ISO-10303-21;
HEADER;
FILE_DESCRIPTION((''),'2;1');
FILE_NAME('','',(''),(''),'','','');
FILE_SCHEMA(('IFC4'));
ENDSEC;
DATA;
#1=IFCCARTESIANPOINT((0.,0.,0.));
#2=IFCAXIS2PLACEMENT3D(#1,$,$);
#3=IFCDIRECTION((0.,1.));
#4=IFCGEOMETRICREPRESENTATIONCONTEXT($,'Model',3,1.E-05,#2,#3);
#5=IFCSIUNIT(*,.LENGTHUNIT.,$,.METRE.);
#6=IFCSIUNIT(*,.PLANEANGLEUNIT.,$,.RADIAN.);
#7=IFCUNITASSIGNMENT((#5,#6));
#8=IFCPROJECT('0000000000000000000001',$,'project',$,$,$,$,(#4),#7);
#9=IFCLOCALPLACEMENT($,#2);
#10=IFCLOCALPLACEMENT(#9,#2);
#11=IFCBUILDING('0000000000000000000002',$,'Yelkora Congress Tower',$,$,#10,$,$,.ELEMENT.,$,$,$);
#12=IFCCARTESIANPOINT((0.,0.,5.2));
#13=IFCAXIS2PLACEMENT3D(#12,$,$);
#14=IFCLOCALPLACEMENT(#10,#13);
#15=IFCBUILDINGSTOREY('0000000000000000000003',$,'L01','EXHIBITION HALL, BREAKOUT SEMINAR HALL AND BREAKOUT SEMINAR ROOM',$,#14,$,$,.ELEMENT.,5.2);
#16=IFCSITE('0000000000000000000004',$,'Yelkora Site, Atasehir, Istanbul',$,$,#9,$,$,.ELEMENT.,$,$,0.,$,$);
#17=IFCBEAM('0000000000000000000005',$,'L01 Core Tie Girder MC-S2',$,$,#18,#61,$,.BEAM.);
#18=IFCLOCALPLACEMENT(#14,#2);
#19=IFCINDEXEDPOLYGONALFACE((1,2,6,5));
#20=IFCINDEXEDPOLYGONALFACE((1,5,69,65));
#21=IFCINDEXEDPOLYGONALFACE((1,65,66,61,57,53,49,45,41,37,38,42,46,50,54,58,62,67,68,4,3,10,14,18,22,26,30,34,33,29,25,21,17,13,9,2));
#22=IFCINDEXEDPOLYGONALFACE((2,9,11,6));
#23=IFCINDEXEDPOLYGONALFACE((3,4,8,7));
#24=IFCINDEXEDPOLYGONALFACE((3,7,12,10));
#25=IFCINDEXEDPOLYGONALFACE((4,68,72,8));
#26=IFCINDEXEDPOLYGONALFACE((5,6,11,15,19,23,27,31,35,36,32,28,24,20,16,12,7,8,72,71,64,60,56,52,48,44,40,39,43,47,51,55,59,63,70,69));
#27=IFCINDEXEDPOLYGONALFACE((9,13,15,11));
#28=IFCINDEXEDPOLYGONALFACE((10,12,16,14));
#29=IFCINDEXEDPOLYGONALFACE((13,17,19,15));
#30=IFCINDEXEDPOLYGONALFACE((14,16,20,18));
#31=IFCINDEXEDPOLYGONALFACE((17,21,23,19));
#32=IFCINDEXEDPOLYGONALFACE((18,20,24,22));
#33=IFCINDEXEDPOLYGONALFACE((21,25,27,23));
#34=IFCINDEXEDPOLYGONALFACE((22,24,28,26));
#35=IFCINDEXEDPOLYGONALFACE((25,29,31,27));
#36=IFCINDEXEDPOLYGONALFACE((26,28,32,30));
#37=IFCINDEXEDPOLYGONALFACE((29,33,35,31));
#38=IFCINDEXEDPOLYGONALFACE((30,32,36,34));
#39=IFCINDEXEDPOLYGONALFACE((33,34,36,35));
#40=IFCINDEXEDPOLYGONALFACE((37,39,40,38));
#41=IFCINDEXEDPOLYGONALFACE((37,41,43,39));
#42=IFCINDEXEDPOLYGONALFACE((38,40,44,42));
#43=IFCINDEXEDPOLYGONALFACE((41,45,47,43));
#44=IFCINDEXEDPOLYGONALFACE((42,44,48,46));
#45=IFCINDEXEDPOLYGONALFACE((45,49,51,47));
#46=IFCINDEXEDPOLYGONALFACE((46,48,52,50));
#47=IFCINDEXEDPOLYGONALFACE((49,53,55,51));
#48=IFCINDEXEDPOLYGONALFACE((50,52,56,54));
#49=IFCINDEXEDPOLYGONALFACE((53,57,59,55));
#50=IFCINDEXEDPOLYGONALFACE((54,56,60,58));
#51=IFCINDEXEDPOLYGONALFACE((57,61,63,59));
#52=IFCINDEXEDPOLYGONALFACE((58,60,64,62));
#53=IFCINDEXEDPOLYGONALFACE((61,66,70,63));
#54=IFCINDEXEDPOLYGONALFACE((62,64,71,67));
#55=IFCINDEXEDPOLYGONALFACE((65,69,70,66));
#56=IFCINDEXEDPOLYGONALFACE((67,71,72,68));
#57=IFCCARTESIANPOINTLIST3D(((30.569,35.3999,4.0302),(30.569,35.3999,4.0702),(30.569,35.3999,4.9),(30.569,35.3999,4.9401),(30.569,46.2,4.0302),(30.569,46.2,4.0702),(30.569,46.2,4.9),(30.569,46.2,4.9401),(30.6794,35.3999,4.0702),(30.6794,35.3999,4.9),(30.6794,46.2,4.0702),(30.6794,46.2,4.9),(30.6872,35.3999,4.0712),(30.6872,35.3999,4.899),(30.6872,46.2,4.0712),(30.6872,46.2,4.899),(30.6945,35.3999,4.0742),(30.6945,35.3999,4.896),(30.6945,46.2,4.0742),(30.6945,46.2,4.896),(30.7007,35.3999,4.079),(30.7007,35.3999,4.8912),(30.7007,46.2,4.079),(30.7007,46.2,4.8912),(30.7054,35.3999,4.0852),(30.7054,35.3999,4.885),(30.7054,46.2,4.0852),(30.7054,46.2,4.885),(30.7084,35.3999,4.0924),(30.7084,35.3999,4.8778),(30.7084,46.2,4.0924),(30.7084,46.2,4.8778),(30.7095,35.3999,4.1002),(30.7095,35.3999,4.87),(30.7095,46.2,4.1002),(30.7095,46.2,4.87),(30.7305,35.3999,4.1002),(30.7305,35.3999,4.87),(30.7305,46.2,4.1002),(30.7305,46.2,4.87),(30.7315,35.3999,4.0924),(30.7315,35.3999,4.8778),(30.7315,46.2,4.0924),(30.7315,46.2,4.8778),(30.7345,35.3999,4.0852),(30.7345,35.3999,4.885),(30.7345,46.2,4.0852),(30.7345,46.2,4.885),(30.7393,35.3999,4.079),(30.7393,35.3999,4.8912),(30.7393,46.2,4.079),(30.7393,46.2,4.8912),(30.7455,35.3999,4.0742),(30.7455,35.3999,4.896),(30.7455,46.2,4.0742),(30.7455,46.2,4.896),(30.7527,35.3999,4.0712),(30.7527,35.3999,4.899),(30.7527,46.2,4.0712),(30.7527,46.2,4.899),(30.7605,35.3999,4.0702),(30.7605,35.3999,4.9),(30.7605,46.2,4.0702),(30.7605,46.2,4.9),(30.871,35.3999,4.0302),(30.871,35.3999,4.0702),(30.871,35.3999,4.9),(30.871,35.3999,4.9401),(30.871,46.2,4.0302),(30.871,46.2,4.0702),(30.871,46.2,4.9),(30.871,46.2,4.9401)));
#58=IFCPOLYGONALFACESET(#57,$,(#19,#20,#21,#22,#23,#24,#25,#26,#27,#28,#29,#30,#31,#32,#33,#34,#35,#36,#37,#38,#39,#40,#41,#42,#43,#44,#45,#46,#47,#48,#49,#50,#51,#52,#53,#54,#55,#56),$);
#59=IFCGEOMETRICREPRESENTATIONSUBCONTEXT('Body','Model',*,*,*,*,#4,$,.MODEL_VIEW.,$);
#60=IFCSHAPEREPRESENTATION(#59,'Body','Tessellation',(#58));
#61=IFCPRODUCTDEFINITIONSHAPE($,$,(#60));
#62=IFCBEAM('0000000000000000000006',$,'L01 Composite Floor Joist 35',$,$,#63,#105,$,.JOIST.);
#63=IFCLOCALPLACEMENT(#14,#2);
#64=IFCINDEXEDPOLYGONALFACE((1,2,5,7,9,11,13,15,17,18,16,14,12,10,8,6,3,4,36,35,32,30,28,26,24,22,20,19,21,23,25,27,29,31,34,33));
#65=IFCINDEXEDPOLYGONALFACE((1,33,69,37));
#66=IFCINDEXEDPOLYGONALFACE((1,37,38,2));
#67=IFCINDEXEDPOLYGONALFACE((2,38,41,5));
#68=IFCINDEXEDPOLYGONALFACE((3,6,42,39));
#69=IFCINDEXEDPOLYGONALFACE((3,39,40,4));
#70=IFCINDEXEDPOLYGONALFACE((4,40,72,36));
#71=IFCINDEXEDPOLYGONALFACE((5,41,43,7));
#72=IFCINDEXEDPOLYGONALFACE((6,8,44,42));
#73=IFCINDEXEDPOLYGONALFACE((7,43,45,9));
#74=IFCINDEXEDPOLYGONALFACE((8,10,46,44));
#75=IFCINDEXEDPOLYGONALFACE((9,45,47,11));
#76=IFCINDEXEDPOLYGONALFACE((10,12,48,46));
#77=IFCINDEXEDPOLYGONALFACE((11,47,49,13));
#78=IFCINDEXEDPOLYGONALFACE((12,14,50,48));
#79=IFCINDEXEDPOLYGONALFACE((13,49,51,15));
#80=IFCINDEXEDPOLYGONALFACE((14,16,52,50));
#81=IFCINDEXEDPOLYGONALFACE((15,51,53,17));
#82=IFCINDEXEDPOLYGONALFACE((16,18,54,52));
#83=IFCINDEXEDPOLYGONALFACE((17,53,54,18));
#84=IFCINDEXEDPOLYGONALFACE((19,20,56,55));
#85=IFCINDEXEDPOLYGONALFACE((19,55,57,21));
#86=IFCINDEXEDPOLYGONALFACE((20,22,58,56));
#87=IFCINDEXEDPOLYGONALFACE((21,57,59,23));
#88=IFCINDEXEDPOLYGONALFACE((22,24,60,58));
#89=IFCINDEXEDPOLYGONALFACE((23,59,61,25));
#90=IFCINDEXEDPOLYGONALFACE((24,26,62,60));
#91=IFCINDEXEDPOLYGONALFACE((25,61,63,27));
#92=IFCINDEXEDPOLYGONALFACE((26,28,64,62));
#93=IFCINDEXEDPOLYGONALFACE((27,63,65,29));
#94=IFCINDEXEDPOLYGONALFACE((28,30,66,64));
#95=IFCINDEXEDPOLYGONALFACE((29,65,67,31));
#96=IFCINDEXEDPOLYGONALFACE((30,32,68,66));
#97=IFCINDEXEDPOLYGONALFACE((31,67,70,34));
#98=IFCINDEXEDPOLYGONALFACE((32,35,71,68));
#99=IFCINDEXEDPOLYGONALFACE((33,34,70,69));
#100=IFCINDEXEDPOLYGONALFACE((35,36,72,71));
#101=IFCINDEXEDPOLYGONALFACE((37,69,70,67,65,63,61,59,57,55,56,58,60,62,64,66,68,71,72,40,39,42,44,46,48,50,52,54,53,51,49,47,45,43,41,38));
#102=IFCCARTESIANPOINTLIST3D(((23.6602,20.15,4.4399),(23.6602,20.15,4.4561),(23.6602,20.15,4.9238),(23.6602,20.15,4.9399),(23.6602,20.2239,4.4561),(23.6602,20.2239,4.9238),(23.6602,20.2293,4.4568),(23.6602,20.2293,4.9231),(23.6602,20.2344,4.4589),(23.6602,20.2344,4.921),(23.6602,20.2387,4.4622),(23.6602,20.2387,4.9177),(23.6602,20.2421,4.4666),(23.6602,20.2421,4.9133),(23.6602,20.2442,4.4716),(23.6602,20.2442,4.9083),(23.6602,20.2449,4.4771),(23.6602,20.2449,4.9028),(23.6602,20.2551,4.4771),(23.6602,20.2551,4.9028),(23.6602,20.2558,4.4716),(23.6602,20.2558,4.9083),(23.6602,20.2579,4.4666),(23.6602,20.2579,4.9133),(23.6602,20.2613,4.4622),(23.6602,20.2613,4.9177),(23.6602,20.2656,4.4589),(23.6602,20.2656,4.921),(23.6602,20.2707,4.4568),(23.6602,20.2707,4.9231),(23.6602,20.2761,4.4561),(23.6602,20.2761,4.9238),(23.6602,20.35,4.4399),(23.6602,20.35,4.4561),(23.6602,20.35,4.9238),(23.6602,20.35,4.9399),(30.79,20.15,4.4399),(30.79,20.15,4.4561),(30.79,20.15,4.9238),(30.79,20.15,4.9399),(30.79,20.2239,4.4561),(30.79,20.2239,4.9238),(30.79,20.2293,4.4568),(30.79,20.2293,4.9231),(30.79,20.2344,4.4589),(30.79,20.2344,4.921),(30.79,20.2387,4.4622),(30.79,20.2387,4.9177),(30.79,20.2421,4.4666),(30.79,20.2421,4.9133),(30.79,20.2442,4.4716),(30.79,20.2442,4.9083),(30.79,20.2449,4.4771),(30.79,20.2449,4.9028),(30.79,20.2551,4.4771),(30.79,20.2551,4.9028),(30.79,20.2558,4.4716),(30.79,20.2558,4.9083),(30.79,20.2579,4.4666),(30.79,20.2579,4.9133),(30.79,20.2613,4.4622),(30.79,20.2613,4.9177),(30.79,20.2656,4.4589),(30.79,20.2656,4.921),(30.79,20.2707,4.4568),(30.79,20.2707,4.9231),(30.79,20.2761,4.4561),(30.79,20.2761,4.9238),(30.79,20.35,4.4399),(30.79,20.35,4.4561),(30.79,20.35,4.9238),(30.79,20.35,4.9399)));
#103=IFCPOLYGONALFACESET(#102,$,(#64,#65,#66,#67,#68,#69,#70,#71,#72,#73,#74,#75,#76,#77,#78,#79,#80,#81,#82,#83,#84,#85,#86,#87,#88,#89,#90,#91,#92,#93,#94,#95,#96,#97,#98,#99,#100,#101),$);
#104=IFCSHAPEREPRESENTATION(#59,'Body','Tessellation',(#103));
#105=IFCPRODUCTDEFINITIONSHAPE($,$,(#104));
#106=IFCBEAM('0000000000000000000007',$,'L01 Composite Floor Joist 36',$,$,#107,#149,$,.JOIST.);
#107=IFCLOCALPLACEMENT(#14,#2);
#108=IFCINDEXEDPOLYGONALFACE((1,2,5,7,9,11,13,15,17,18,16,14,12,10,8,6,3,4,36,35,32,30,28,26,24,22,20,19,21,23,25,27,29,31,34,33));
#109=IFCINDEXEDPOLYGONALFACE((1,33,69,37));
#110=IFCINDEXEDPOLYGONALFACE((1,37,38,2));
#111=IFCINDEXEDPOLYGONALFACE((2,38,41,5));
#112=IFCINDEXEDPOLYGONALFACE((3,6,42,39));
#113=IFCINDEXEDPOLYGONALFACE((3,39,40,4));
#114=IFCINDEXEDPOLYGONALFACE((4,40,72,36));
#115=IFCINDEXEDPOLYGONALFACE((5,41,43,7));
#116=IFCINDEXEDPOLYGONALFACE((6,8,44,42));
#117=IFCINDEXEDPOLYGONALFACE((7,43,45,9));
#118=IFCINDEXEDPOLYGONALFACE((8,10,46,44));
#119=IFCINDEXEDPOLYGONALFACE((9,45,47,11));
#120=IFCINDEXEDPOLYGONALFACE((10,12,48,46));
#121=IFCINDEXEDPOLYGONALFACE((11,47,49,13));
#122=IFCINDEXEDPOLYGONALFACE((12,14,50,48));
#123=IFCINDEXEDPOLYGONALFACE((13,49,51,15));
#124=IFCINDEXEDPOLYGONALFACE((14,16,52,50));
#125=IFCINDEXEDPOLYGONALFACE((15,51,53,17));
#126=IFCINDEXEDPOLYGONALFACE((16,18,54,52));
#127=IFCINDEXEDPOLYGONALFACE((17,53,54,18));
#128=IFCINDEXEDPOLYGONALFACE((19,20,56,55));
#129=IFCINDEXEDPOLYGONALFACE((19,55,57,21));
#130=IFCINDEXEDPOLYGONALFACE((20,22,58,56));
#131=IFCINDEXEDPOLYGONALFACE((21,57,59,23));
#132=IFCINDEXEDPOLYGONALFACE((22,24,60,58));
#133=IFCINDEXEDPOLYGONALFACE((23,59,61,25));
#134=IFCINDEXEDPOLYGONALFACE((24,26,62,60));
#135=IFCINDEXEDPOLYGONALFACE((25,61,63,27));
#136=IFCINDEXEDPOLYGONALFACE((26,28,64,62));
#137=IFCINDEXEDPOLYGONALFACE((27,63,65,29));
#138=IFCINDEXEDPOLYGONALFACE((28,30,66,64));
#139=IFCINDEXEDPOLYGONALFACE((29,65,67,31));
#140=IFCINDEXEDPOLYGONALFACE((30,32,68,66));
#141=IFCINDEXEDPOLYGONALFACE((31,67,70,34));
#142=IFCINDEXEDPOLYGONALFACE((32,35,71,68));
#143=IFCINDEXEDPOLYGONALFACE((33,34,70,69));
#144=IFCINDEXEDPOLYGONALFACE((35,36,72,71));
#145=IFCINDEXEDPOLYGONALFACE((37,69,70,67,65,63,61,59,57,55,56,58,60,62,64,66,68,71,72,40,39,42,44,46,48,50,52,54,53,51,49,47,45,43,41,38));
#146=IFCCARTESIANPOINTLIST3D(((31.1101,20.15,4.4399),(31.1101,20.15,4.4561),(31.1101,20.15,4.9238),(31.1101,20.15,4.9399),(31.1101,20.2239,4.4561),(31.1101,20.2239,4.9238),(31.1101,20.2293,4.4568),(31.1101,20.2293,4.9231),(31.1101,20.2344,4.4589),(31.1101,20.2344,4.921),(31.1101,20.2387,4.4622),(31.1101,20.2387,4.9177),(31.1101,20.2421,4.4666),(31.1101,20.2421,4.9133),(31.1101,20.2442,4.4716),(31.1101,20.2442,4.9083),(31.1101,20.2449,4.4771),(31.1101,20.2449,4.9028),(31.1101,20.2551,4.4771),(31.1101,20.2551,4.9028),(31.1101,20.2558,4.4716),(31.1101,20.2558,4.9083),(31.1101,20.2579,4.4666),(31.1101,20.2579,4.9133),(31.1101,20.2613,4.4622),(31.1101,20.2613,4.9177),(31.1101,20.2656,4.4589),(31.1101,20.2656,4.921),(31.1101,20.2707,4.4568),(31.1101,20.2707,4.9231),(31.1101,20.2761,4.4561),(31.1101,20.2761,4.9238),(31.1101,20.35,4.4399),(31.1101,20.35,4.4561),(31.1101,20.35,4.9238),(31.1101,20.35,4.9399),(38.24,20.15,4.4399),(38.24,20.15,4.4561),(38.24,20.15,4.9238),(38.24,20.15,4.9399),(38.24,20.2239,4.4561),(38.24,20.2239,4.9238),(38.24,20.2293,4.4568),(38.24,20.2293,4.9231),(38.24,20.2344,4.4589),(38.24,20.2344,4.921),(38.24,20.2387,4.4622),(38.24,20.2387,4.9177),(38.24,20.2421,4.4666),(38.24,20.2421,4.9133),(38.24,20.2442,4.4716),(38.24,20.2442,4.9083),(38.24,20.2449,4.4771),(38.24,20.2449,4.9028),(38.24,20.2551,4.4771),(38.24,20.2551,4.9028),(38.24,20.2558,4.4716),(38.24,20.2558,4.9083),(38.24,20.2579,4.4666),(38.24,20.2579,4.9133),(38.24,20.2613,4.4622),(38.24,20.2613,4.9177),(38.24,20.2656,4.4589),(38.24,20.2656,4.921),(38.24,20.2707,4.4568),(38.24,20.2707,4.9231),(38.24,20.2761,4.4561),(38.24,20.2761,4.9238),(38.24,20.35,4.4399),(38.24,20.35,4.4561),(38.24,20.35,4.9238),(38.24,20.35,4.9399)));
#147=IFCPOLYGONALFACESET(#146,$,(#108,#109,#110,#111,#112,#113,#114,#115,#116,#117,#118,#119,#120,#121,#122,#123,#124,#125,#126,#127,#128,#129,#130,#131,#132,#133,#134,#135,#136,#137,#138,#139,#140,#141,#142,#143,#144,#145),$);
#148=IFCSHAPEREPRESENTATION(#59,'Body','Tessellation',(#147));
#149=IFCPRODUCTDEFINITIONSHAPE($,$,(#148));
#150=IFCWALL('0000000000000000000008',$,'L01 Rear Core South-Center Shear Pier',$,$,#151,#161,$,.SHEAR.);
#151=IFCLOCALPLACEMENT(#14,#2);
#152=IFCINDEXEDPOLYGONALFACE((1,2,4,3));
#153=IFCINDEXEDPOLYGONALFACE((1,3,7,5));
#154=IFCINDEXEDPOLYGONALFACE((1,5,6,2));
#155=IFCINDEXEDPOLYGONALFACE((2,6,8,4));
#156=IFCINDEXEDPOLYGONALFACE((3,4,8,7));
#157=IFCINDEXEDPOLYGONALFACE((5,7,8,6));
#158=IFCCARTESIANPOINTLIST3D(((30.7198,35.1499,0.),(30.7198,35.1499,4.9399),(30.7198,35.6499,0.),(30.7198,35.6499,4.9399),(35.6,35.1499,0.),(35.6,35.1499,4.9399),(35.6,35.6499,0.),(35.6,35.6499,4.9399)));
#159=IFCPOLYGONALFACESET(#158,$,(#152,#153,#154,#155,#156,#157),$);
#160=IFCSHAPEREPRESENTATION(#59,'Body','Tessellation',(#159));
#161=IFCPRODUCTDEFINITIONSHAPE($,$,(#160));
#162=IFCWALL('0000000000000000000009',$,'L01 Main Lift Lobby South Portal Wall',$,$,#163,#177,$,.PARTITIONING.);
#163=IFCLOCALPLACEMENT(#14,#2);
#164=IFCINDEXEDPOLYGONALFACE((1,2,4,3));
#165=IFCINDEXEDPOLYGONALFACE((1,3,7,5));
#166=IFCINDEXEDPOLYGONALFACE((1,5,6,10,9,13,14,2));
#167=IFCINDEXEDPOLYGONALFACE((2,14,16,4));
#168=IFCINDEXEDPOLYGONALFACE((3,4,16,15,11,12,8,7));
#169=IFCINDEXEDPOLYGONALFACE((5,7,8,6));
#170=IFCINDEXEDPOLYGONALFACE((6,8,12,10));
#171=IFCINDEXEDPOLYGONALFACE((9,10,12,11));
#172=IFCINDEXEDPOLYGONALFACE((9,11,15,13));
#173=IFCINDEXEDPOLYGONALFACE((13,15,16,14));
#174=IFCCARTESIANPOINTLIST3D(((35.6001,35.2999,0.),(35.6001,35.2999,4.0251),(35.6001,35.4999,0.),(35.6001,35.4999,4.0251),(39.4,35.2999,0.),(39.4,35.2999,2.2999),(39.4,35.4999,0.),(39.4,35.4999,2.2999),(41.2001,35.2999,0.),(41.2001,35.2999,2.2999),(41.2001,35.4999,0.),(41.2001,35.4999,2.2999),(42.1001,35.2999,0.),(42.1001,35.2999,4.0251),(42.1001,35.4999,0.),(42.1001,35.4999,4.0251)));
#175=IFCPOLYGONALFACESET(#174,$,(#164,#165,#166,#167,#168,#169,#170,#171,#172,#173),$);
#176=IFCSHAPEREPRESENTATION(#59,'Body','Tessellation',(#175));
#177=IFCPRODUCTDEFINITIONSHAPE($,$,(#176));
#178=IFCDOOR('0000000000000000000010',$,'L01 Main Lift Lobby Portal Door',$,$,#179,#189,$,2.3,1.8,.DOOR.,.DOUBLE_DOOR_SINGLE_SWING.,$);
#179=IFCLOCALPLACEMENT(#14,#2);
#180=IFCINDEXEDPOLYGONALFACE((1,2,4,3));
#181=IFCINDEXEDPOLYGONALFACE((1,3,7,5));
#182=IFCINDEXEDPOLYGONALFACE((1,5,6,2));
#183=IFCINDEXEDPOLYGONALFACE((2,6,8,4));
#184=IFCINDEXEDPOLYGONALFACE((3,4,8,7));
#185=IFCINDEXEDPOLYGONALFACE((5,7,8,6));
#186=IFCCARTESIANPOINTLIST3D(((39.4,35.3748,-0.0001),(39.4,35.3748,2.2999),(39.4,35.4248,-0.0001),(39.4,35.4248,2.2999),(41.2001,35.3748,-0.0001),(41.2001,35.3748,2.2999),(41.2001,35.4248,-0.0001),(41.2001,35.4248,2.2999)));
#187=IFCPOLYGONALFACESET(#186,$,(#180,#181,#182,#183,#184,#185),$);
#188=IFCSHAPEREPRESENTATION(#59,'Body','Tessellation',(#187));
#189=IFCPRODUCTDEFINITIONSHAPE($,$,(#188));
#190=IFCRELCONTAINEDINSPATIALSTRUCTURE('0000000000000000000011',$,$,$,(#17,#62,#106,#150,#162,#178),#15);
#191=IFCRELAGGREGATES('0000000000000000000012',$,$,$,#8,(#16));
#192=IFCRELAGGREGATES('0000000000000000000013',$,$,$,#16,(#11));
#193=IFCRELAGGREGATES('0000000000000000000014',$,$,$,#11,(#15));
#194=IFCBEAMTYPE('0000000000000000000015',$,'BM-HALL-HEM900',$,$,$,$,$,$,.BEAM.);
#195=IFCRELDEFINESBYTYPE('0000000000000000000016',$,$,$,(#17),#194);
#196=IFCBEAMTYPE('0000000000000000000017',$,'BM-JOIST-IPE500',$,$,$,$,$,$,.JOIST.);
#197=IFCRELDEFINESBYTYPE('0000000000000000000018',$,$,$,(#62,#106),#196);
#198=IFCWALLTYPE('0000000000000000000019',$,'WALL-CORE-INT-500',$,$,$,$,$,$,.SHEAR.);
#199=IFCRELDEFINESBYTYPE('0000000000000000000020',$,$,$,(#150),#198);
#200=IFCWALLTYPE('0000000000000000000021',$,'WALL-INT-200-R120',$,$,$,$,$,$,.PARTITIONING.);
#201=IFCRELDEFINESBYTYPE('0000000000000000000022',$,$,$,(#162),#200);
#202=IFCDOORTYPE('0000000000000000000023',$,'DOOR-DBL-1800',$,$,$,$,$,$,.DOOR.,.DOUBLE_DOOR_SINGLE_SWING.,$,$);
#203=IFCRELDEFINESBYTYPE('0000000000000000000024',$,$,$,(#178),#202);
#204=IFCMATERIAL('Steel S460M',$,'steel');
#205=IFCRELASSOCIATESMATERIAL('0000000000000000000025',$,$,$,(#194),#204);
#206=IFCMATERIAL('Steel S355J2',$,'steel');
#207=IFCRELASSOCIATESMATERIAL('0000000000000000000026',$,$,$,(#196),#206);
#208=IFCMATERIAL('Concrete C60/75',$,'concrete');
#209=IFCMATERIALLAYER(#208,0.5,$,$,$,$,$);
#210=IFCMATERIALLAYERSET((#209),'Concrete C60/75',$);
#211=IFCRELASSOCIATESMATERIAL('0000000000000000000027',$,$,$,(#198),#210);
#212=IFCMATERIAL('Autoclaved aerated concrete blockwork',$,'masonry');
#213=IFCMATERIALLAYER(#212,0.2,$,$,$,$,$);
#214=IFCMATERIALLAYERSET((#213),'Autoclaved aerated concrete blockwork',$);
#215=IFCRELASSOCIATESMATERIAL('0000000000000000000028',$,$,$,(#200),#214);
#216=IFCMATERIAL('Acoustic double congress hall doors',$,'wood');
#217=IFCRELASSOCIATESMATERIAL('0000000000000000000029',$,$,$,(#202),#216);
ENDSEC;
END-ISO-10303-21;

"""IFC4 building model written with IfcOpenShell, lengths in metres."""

from ifc_helpers import new_model, si_unit, direction, frame, frame_2d, origin, origin_2d, place, context, subcontext, project, spatial, rectangle, i_section, extrude, material, layer, layer_set, material_profile, profile_set, type_object, element, fill, save


model = new_model("IFC4")

# Units and contexts
model_context = context("Model", 3, precision=1e-05, world=origin(), true_north=direction((0.0, 1.0)))
body_context = subcontext(model_context, "Body", "Model", "MODEL_VIEW")
ifc_project = project(units=[si_unit("LENGTHUNIT", "METRE"), si_unit("PLANEANGLEUNIT", "RADIAN")], contexts=[model_context])

# Site, building, storey
site_placement = place(None, origin())
site = spatial("IfcSite", under=ifc_project, at=site_placement, Name="Yelkora Site, Atasehir, Istanbul", CompositionType="ELEMENT", RefElevation=0.0)
building_placement = place(site_placement, origin())
building = spatial("IfcBuilding", under=site, at=building_placement, Name="Yelkora Congress Tower", CompositionType="ELEMENT")
storey_placement = place(building_placement, frame((0.0, 0.0, 5.2)))
storey = spatial("IfcBuildingStorey", under=building, at=storey_placement, Name="L01", Description="EXHIBITION HALL, BREAKOUT SEMINAR HALL AND BREAKOUT SEMINAR ROOM", CompositionType="ELEMENT", Elevation=5.2)

# Shared definitions
ifc_material_1 = material(Name="Concrete C60/75", Category="concrete")

# Beams
ifc_material_2 = material(Name="Steel S460M", Category="steel")
ifc_material_profile_1 = material_profile(ifc_material_2, i_section(OverallWidth=0.302, OverallDepth=0.9099, WebThickness=0.021, FlangeThickness=0.04, FilletRadius=0.03, at=origin_2d()), Name="HEM 900")
ifc_profile_set_1 = profile_set([ifc_material_profile_1], Name="Steel S460M")
beam_type_1 = type_object("IfcBeamType", Name="BM-HALL-HEM900", PredefinedType="BEAM", material=ifc_profile_set_1)
beam_1_placement = place(storey_placement, frame((30.72, 35.3999, 4.4851), z_axis=(0.0, 1.0, 0.0), x_axis=(-1.0, 0.0, 0.0)))
element("IfcBeam", 1, at=beam_1_placement, inside=storey, type_object=beam_type_1, Name="L01 Core Tie Girder MC-S2", PredefinedType="BEAM", context=body_context, shape_type="SweptSolid", body=[
    extrude(i_section(OverallWidth=0.302, OverallDepth=0.9099, WebThickness=0.021, FlangeThickness=0.04, FilletRadius=0.03, at=origin_2d()), origin(), (0.0, 0.0, 1.0), 10.8),
])
ifc_material_3 = material(Name="Steel S355J2", Category="steel")
ifc_material_profile_2 = material_profile(ifc_material_3, i_section(OverallWidth=0.2, OverallDepth=0.5, WebThickness=0.0103, FlangeThickness=0.0161, FilletRadius=0.021, at=origin_2d()), Name="IPE 500")
ifc_profile_set_2 = profile_set([ifc_material_profile_2], Name="Steel S355J2")
beam_type_2 = type_object("IfcBeamType", Name="BM-JOIST-IPE500", PredefinedType="JOIST", material=ifc_profile_set_2)
for number, where, z_axis, x_axis, name in (
    (2, (23.6602, 20.25, 4.6899), (1.0, 0.0, 0.0), (0.0, 1.0, 0.0), "L01 Composite Floor Joist 35"),
    (3, (31.1101, 20.25, 4.6899), (1.0, 0.0, 0.0), (0.0, 1.0, 0.0), "L01 Composite Floor Joist 36"),
):
    element("IfcBeam", number, at=place(storey_placement, frame(where, z_axis=z_axis, x_axis=x_axis)), inside=storey, type_object=beam_type_2, Name=name, PredefinedType="JOIST", context=body_context, shape_type="SweptSolid", body=[
        extrude(i_section(OverallWidth=0.2, OverallDepth=0.5, WebThickness=0.0103, FlangeThickness=0.0161, FilletRadius=0.021, at=origin_2d()), origin(), (0.0, 0.0, 1.0), 7.1299),
    ])

# Wall
ifc_layer_1 = layer(ifc_material_1, 0.5)
ifc_layer_set_1 = layer_set([ifc_layer_1], Name="Concrete C60/75")
wall_type_1 = type_object("IfcWallType", Name="WALL-CORE-INT-500", PredefinedType="SHEAR", material=ifc_layer_set_1)
wall_1_placement = place(storey_placement, frame((30.72, 35.3999, 0.0), z_axis=(0.0, 0.0, 1.0), x_axis=(1.0, 0.0, 0.0)))
element("IfcWall", 4, at=wall_1_placement, inside=storey, type_object=wall_type_1, Name="L01 Rear Core South-Center Shear Pier", PredefinedType="SHEAR", context=body_context, shape_type="SweptSolid", body=[
    extrude(rectangle(XDim=4.8801, YDim=0.5, at=frame_2d((2.4399, 0.0))), origin(), (0.0, 0.0, 1.0), 4.9399),
])

# Wall, opening, door
ifc_material_4 = material(Name="Autoclaved aerated concrete blockwork", Category="masonry")
ifc_layer_2 = layer(ifc_material_4, 0.2)
ifc_layer_set_2 = layer_set([ifc_layer_2], Name="Autoclaved aerated concrete blockwork")
wall_type_2 = type_object("IfcWallType", Name="WALL-INT-200-R120", PredefinedType="PARTITIONING", material=ifc_layer_set_2)
wall_2_placement = place(storey_placement, frame((35.6001, 35.3999, 0.0), z_axis=(0.0, 0.0, 1.0), x_axis=(1.0, 0.0, 0.0)))
wall_2 = element("IfcWall", 5, at=wall_2_placement, inside=storey, type_object=wall_type_2, Name="L01 Main Lift Lobby South Portal Wall", PredefinedType="PARTITIONING", context=body_context, shape_type="SweptSolid", body=[
    extrude(rectangle(XDim=6.5, YDim=0.2, at=frame_2d((3.25, 0.0))), origin(), (0.0, 0.0, 1.0), 4.0251),
])
opening_1_placement = place(wall_2_placement, frame((3.8, 0.0, 0.0)))
opening_1 = element("IfcOpeningElement", 6, at=opening_1_placement, cuts=wall_2, PredefinedType="OPENING", context=body_context, shape_type="SweptSolid", body=[
    extrude(rectangle(XDim=1.8, YDim=2.3, at=frame_2d((0.8999, 1.1499))), frame((0.0, 0.1099, 0.0), z_axis=(0.0, -1.0, 0.0), x_axis=(1.0, 0.0, 0.0)), (0.0, 0.0, 1.0), 0.22),
])
ifc_material_5 = material(Name="Acoustic double congress hall doors", Category="wood")
door_type_1 = type_object("IfcDoorType", Name="DOOR-DBL-1800", OperationType="DOUBLE_DOOR_SINGLE_SWING", PredefinedType="DOOR", material=ifc_material_5)
door_1_placement = place(opening_1_placement, origin())
door_1 = element("IfcDoor", 7, at=door_1_placement, inside=storey, type_object=door_type_1, Name="L01 Main Lift Lobby Portal Door", OperationType="DOUBLE_DOOR_SINGLE_SWING", OverallHeight=2.3, OverallWidth=1.8, PredefinedType="DOOR", context=body_context, shape_type="SweptSolid", body=[
    extrude(rectangle(XDim=1.8, YDim=2.3, at=frame_2d((0.8999, 1.1499))), frame((0.0, 0.0249, 0.0), z_axis=(0.0, -1.0, 0.0), x_axis=(1.0, 0.0, 0.0)), (0.0, 0.0, 1.0), 0.05),
])
fill(opening_1, door_1)

save(model, "model.ifc")
